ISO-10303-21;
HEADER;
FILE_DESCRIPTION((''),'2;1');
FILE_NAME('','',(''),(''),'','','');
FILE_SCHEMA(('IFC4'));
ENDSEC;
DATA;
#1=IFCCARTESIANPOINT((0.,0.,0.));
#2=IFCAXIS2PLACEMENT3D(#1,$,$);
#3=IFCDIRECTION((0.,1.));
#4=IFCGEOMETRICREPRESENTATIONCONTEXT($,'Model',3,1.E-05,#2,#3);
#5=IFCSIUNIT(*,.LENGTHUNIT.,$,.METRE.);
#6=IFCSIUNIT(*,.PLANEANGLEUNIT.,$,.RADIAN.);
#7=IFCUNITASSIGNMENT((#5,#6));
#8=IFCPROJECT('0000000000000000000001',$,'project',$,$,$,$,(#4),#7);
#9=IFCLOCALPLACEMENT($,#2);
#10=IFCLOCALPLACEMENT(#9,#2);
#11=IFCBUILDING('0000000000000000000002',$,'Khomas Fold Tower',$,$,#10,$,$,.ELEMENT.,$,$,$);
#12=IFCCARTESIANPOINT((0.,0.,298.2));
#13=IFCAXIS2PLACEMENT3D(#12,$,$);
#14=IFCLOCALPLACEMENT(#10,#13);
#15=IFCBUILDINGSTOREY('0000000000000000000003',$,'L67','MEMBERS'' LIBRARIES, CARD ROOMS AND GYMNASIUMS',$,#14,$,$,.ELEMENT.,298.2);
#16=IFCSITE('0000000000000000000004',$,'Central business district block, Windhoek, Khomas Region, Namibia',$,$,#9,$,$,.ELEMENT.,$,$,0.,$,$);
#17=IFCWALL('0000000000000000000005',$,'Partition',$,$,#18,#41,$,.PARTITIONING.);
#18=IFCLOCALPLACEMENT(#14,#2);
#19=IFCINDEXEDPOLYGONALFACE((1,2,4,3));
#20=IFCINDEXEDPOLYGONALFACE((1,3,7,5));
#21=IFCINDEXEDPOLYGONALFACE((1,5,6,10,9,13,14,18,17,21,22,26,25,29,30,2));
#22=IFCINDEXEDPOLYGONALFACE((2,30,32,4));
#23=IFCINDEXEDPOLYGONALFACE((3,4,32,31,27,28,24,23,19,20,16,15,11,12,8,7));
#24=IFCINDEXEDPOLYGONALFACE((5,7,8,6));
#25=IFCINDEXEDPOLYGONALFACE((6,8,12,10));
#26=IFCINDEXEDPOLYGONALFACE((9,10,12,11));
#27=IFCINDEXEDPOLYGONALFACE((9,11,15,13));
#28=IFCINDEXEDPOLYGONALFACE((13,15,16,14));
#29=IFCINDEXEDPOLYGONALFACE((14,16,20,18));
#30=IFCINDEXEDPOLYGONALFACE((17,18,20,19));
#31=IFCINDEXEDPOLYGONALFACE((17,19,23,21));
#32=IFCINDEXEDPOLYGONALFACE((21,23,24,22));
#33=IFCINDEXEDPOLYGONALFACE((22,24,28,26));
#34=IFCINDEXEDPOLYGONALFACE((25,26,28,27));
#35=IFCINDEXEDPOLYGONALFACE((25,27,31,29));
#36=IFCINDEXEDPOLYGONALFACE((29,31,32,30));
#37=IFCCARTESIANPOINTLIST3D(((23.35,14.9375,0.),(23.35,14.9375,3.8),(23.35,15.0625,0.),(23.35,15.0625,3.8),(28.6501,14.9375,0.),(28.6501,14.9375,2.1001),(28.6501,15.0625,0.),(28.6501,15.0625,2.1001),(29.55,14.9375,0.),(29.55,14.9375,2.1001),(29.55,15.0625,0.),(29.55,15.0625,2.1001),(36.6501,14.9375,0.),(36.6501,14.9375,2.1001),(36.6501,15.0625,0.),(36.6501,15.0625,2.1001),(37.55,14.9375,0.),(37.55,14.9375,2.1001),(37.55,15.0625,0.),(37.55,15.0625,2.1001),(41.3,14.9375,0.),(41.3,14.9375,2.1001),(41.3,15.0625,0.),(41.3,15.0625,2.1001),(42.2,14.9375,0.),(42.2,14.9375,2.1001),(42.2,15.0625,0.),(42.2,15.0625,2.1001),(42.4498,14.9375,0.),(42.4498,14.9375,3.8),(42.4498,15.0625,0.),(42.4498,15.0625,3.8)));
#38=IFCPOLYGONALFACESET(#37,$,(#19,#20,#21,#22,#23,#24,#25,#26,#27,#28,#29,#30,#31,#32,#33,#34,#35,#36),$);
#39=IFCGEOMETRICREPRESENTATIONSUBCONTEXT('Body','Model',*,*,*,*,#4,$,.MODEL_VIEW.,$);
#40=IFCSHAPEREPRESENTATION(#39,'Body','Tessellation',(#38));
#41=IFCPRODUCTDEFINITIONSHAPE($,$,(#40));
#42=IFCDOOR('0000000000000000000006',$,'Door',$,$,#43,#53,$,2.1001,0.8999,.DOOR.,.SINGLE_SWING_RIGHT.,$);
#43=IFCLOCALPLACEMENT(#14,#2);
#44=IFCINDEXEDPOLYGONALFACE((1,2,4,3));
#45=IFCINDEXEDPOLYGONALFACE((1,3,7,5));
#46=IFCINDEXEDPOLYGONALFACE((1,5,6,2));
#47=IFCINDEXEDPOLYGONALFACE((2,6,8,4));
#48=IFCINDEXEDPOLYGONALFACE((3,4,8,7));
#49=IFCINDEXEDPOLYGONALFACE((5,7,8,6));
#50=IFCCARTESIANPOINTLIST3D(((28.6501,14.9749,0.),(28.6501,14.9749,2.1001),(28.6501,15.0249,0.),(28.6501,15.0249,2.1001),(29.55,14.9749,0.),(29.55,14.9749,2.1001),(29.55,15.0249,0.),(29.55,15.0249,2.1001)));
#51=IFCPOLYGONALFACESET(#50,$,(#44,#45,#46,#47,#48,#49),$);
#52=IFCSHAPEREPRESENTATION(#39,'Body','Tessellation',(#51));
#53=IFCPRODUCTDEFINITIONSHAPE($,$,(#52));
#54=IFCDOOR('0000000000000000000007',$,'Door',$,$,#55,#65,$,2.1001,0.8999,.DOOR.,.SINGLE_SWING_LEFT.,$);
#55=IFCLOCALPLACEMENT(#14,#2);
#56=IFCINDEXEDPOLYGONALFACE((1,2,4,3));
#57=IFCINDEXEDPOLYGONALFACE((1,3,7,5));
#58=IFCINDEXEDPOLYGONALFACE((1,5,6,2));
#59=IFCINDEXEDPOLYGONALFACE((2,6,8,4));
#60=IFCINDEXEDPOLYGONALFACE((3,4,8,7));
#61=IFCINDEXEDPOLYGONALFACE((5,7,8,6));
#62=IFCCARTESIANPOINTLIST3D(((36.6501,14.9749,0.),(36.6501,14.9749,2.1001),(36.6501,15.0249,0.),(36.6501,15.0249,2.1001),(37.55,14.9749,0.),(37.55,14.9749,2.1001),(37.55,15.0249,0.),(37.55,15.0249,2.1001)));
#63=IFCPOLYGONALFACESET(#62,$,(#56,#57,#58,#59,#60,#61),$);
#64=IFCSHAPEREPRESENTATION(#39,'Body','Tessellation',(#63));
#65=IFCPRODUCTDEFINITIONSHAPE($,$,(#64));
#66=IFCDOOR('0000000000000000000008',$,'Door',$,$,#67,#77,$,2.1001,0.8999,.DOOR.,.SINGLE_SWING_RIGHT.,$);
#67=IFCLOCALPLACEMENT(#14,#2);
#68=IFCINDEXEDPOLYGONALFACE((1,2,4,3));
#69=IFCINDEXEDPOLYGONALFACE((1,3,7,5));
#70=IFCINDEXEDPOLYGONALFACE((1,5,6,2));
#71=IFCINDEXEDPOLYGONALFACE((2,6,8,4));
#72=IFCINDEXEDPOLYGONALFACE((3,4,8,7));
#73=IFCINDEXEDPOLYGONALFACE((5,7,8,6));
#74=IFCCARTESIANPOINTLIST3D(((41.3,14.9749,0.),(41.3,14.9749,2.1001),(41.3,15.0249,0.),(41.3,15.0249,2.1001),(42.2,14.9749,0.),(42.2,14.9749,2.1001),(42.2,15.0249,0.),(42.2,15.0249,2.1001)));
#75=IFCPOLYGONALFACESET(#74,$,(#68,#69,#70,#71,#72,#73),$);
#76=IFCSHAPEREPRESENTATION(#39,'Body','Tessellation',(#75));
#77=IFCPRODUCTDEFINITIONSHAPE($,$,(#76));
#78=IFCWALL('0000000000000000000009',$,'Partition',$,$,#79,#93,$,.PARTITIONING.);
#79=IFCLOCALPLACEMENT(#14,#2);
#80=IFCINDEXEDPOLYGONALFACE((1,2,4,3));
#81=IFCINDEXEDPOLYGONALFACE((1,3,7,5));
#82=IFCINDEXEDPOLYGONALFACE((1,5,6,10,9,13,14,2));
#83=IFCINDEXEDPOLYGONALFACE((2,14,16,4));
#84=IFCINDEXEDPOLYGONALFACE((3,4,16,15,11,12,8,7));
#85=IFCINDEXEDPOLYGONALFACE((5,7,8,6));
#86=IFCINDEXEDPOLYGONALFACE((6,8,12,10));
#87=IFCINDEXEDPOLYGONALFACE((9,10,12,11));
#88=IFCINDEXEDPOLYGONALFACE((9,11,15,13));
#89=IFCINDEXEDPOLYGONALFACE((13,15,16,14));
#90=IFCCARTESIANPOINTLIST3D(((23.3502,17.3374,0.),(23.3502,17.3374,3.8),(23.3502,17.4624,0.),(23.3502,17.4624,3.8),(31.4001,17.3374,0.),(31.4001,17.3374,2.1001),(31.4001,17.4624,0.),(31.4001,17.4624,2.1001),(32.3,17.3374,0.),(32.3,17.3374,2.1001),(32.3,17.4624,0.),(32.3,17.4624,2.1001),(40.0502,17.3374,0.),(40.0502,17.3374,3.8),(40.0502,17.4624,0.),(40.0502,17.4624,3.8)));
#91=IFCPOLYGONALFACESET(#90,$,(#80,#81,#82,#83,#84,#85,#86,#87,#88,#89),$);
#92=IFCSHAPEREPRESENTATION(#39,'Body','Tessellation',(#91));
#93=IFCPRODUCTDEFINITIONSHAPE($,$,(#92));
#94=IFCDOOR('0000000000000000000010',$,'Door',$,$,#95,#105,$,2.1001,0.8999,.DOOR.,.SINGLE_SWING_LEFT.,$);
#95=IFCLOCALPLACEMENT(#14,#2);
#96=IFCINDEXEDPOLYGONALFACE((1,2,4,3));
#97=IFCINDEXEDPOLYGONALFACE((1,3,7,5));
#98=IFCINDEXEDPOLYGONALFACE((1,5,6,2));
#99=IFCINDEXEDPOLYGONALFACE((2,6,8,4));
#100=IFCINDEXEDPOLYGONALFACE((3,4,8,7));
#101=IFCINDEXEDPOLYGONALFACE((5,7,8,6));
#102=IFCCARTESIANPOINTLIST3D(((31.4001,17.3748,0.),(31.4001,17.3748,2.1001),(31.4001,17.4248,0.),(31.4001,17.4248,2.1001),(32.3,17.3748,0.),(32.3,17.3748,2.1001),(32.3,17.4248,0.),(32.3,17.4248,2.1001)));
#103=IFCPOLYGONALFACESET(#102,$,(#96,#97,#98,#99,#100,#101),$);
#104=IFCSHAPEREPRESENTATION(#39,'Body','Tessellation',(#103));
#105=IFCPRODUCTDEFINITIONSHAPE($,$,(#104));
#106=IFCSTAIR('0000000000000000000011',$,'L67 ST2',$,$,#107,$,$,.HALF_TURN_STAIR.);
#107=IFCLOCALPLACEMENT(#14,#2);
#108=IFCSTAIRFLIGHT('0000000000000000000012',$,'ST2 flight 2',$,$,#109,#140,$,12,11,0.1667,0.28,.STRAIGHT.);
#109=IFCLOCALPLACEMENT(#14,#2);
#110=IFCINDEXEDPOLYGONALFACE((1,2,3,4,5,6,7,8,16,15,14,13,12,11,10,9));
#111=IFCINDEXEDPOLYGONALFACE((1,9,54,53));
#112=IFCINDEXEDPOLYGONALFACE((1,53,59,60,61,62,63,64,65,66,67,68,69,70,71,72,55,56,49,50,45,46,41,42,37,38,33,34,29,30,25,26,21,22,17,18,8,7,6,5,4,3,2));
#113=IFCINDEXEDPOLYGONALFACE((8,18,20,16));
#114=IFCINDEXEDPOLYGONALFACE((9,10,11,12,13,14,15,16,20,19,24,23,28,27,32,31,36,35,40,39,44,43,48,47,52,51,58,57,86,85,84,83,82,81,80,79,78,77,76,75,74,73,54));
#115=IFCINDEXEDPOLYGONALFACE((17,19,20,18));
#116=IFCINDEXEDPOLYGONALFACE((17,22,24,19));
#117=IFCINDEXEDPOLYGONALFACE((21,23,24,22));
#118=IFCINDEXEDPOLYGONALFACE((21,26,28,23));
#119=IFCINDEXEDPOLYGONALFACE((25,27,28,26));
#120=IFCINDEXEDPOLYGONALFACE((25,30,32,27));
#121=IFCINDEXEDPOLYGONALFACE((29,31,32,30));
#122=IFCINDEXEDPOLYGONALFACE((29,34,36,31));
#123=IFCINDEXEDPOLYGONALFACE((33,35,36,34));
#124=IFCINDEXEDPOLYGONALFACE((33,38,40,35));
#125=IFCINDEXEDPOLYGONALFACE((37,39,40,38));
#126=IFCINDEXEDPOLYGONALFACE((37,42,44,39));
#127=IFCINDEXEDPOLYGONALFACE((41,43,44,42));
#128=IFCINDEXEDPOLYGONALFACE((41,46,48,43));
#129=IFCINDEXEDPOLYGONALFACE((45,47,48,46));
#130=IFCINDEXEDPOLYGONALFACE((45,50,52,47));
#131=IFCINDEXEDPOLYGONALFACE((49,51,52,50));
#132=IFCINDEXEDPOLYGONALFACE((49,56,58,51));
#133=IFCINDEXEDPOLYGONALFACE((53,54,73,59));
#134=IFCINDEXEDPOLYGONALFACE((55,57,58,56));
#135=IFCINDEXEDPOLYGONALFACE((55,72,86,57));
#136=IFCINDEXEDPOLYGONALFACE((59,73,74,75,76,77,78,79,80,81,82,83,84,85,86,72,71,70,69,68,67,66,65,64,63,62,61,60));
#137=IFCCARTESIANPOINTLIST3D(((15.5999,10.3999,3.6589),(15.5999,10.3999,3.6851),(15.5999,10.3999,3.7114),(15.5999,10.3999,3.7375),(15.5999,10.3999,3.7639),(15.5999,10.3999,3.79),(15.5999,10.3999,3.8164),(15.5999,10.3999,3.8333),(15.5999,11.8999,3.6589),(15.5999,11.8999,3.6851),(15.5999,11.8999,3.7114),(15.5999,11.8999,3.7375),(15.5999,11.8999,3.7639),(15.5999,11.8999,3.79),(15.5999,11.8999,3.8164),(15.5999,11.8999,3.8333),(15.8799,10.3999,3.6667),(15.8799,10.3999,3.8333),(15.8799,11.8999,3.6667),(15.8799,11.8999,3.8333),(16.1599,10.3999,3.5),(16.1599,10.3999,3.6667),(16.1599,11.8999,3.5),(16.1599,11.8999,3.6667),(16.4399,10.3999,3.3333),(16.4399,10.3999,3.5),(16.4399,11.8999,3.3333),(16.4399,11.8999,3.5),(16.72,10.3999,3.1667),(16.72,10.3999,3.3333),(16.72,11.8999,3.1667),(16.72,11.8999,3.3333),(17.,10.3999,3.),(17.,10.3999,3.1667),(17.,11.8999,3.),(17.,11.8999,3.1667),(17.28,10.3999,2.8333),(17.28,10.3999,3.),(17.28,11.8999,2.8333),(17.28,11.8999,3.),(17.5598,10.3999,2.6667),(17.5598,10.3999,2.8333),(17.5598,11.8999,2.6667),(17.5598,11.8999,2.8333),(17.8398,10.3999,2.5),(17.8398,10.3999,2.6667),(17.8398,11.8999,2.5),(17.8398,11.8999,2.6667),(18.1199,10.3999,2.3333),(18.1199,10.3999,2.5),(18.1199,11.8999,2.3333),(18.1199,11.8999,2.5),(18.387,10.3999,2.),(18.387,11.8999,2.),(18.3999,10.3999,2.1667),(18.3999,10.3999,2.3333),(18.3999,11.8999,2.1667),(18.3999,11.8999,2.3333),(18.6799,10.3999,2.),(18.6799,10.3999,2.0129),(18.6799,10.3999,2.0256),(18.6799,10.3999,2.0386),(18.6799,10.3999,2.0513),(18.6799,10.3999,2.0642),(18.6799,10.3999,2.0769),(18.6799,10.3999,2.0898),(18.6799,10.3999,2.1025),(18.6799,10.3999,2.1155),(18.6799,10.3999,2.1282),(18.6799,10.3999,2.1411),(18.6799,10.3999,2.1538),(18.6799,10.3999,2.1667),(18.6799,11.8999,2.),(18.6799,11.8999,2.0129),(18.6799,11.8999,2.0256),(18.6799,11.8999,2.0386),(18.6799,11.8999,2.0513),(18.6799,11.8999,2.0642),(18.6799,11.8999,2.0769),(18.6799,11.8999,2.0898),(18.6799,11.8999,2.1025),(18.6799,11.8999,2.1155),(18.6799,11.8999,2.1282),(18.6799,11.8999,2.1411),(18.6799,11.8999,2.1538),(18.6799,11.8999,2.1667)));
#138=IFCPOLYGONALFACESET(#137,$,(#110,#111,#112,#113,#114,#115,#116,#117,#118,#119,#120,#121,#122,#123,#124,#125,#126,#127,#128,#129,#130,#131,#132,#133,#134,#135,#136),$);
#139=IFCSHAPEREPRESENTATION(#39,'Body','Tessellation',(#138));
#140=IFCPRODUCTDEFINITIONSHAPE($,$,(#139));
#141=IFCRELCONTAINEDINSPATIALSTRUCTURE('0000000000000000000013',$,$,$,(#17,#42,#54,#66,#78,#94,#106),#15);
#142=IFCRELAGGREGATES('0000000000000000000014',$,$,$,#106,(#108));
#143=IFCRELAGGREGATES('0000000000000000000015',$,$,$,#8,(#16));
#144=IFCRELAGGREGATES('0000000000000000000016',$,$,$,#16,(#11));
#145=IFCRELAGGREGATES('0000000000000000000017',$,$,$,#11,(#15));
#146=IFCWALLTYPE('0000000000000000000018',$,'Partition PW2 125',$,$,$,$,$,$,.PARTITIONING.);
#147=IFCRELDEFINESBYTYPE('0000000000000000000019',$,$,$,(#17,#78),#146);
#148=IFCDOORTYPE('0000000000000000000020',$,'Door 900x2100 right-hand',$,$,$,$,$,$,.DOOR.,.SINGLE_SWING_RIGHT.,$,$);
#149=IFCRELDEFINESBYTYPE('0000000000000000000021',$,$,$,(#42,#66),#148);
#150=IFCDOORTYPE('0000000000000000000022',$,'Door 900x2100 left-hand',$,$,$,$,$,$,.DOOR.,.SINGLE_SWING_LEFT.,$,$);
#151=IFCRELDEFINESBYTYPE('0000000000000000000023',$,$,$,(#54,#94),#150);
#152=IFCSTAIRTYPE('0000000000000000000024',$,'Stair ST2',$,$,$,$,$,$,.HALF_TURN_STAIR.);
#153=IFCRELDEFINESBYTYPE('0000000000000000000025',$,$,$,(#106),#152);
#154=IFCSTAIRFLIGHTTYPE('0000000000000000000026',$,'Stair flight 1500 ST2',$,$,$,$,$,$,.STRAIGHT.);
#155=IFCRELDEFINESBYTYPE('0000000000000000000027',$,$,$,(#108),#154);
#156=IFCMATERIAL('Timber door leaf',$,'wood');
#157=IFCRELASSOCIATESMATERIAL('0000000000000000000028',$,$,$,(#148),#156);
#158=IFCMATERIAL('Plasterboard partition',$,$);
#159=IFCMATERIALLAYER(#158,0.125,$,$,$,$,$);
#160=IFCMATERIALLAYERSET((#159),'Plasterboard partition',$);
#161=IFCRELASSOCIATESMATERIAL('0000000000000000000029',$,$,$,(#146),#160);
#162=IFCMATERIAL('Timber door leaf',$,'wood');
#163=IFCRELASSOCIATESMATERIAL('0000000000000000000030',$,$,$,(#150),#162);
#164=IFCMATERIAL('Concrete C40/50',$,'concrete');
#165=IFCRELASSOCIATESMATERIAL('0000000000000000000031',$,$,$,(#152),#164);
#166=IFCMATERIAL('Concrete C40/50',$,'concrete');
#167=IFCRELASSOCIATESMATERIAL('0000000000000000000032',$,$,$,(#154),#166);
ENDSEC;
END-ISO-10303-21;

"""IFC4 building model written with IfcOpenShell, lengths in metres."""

from ifc_helpers import new_model, si_unit, direction, frame, frame_2d, origin, place, context, subcontext, project, spatial, polyline, rectangle, outline, extrude, source, transform, mapped, material, layer, layer_set, type_object, element, fill, aggregate, save


model = new_model("IFC4")

# Units and contexts
model_context = context("Model", 3, precision=1e-05, world=origin(), true_north=direction((0.0, 1.0)))
body_context = subcontext(model_context, "Body", "Model", "MODEL_VIEW")
ifc_project = project(units=[si_unit("LENGTHUNIT", "METRE"), si_unit("PLANEANGLEUNIT", "RADIAN")], contexts=[model_context])

# Site, building, storey
site_placement = place(None, origin())
site = spatial("IfcSite", under=ifc_project, at=site_placement, Name="Central business district block, Windhoek, Khomas Region, Namibia", CompositionType="ELEMENT", RefElevation=0.0)
building_placement = place(site_placement, origin())
building = spatial("IfcBuilding", under=site, at=building_placement, Name="Khomas Fold Tower", CompositionType="ELEMENT")
storey_placement = place(building_placement, frame((0.0, 0.0, 298.2)))
storey = spatial("IfcBuildingStorey", under=building, at=storey_placement, Name="L67", Description="MEMBERS' LIBRARIES, CARD ROOMS AND GYMNASIUMS", CompositionType="ELEMENT", Elevation=298.2)

# Shared definitions
ifc_material_1 = material(Name="Timber door leaf", Category="wood")
door_type_1 = type_object("IfcDoorType", Name="Door 900x2100 right-hand", OperationType="SINGLE_SWING_RIGHT", PredefinedType="DOOR", material=ifc_material_1)

# Shared definitions
ifc_material_2 = material(Name="Plasterboard partition")
ifc_layer_1 = layer(ifc_material_2, 0.125)
ifc_layer_set_1 = layer_set([ifc_layer_1], Name="Plasterboard partition")
wall_type_1 = type_object("IfcWallType", Name="Partition PW2 125", PredefinedType="PARTITIONING", material=ifc_layer_set_1)
shared_shape_1 = source(origin(), body_context, "Body", "SweptSolid", [
    extrude(rectangle(XDim=0.8999, YDim=2.1001, at=frame_2d((0.45, 1.05))), frame((0.0, 0.0725, 0.0), z_axis=(0.0, -1.0, 0.0), x_axis=(1.0, 0.0, 0.0)), (0.0, 0.0, 1.0), 0.145),
])
ifc_material_3 = material(Name="Timber door leaf", Category="wood")
door_type_2 = type_object("IfcDoorType", Name="Door 900x2100 left-hand", OperationType="SINGLE_SWING_LEFT", PredefinedType="DOOR", material=ifc_material_3)
shared_shape_2 = source(origin(), body_context, "Body", "SweptSolid", [
    extrude(rectangle(XDim=0.8999, YDim=2.1001, at=frame_2d((0.45, 1.05))), frame((0.0, 0.0249, 0.0), z_axis=(0.0, -1.0, 0.0), x_axis=(1.0, 0.0, 0.0)), (0.0, 0.0, 1.0), 0.05),
])

# Wall, openings, doors
shared_shape_3 = source(origin(), body_context, "Body", "SweptSolid", [
    extrude(rectangle(XDim=19.0999, YDim=0.125, at=frame_2d((9.5498, 0.0))), origin(), (0.0, 0.0, 1.0), 3.8),
])
wall_1_placement = place(storey_placement, frame((23.3501, 15.0, 0.0), z_axis=(0.0, 0.0, 1.0), x_axis=(1.0, 0.0, 0.0)))
wall_1 = element("IfcWall", 1, at=wall_1_placement, inside=storey, type_object=wall_type_1, Name="Partition", PredefinedType="PARTITIONING", context=body_context, shape_type="MappedRepresentation", body=[
    mapped(shared_shape_3, transform((0.0, 0.0, 0.0))),
])
opening_1_placement = place(wall_1_placement, frame((5.3, 0.0, 0.0)))
opening_1 = element("IfcOpeningElement", 2, at=opening_1_placement, cuts=wall_1, PredefinedType="OPENING", context=body_context, shape_type="MappedRepresentation", body=[
    mapped(shared_shape_1, transform((0.0, 0.0, 0.0))),
])
opening_2_placement = place(wall_1_placement, frame((13.3, 0.0, 0.0)))
opening_2 = element("IfcOpeningElement", 3, at=opening_2_placement, cuts=wall_1, PredefinedType="OPENING", context=body_context, shape_type="MappedRepresentation", body=[
    mapped(shared_shape_1, transform((0.0, 0.0, 0.0))),
])
opening_3_placement = place(wall_1_placement, frame((17.95, 0.0, 0.0)))
opening_3 = element("IfcOpeningElement", 4, at=opening_3_placement, cuts=wall_1, PredefinedType="OPENING", context=body_context, shape_type="MappedRepresentation", body=[
    mapped(shared_shape_1, transform((0.0, 0.0, 0.0))),
])
door_1_placement = place(opening_1_placement, origin())
door_1 = element("IfcDoor", 5, at=door_1_placement, inside=storey, type_object=door_type_1, Name="Door", OperationType="SINGLE_SWING_RIGHT", OverallHeight=2.1001, OverallWidth=0.8999, PredefinedType="DOOR", context=body_context, shape_type="MappedRepresentation", body=[
    mapped(shared_shape_2, transform((0.0, 0.0, 0.0))),
])
fill(opening_1, door_1)
door_2_placement = place(opening_2_placement, origin())
door_2 = element("IfcDoor", 6, at=door_2_placement, inside=storey, type_object=door_type_2, Name="Door", OperationType="SINGLE_SWING_LEFT", OverallHeight=2.1001, OverallWidth=0.8999, PredefinedType="DOOR", context=body_context, shape_type="MappedRepresentation", body=[
    mapped(shared_shape_2, transform((0.0, 0.0, 0.0))),
])
fill(opening_2, door_2)
door_3_placement = place(opening_3_placement, origin())
door_3 = element("IfcDoor", 7, at=door_3_placement, inside=storey, type_object=door_type_1, Name="Door", OperationType="SINGLE_SWING_RIGHT", OverallHeight=2.1001, OverallWidth=0.8999, PredefinedType="DOOR", context=body_context, shape_type="MappedRepresentation", body=[
    mapped(shared_shape_2, transform((0.0, 0.0, 0.0))),
])
fill(opening_3, door_3)

# Wall, opening, door
shared_shape_4 = source(origin(), body_context, "Body", "SweptSolid", [
    extrude(rectangle(XDim=16.7, YDim=0.125, at=frame_2d((8.3501, 0.0))), origin(), (0.0, 0.0, 1.0), 3.8),
])
wall_2_placement = place(storey_placement, frame((23.3501, 17.3999, 0.0), z_axis=(0.0, 0.0, 1.0), x_axis=(1.0, 0.0, 0.0)))
wall_2 = element("IfcWall", 8, at=wall_2_placement, inside=storey, type_object=wall_type_1, Name="Partition", PredefinedType="PARTITIONING", context=body_context, shape_type="MappedRepresentation", body=[
    mapped(shared_shape_4, transform((0.0, 0.0, 0.0))),
])
opening_4_placement = place(wall_2_placement, frame((8.05, 0.0, 0.0)))
opening_4 = element("IfcOpeningElement", 9, at=opening_4_placement, cuts=wall_2, PredefinedType="OPENING", context=body_context, shape_type="MappedRepresentation", body=[
    mapped(shared_shape_1, transform((0.0, 0.0, 0.0))),
])
door_4_placement = place(opening_4_placement, origin())
door_4 = element("IfcDoor", 10, at=door_4_placement, inside=storey, type_object=door_type_2, Name="Door", OperationType="SINGLE_SWING_LEFT", OverallHeight=2.1001, OverallWidth=0.8999, PredefinedType="DOOR", context=body_context, shape_type="MappedRepresentation", body=[
    mapped(shared_shape_2, transform((0.0, 0.0, 0.0))),
])
fill(opening_4, door_4)

# Stair, stair flight
ifc_material_4 = material(Name="Concrete C40/50", Category="concrete")
stair_type = type_object("IfcStairType", Name="Stair ST2", PredefinedType="HALF_TURN_STAIR", material=ifc_material_4)
stair_placement = place(storey_placement, origin())
stair = element("IfcStair", 11, at=stair_placement, inside=storey, type_object=stair_type, Name="L67 ST2", PredefinedType="HALF_TURN_STAIR")
ifc_material_5 = material(Name="Concrete C40/50", Category="concrete")
stair_flight_type = type_object("IfcStairFlightType", Name="Stair flight 1500 ST2", PredefinedType="STRAIGHT", material=ifc_material_5)
shared_shape_5 = source(origin(), body_context, "Body", "SweptSolid", [
    extrude(outline(polyline([(0.0, 0.0), (0.0, 0.0129), (0.0, 0.0256), (0.0, 0.0386), (0.0, 0.0513), (0.0, 0.0642), (0.0, 0.0769), (0.0, 0.0898), (0.0, 0.1025), (0.0, 0.1155), (0.0, 0.1282), (0.0, 0.1411), (0.0, 0.1538), (0.0, 0.1667), (0.28, 0.1667), (0.28, 0.3333), (0.5601, 0.3333), (0.5601, 0.5), (0.8401, 0.5), (0.8401, 0.6667), (1.1201, 0.6667), (1.1201, 0.8333), (1.3999, 0.8333), (1.3999, 1.0), (1.6799, 1.0), (1.6799, 1.1667), (1.96, 1.1667), (1.96, 1.3333), (2.24, 1.3333), (2.24, 1.5), (2.52, 1.5), (2.52, 1.6667), (2.8, 1.6667), (2.8, 1.8333), (3.0801, 1.8333), (3.0801, 2.0), (3.0801, 1.9739), (3.0801, 1.9475), (3.0801, 1.9214), (3.0801, 1.895), (3.0801, 1.8689), (3.0801, 1.8425), (3.0801, 1.8164), (3.0801, 1.79), (3.0801, 1.7639), (3.0801, 1.7375), (3.0801, 1.7114), (3.0801, 1.6851), (3.0801, 1.6589), (0.293, 0.0), (0.0, 0.0)])), frame((0.0, 0.75, 0.0), z_axis=(0.0, -1.0, 0.0), x_axis=(1.0, 0.0, 0.0)), (0.0, 0.0, 1.0), 1.5),
])
stair_flight_placement = place(storey_placement, frame((18.6799, 11.1499, 2.0), z_axis=(0.0, 0.0, 1.0), x_axis=(-1.0, 0.0, 0.0)))
stair_flight = element("IfcStairFlight", 12, at=stair_flight_placement, type_object=stair_flight_type, Name="ST2 flight 2", NumberOfRisers=12, NumberOfTreads=11, PredefinedType="STRAIGHT", RiserHeight=0.1667, TreadLength=0.28, context=body_context, shape_type="MappedRepresentation", body=[
    mapped(shared_shape_5, transform((0.0, 0.0, 0.0))),
])
aggregate(stair, [stair_flight])

save(model, "model.ifc")
